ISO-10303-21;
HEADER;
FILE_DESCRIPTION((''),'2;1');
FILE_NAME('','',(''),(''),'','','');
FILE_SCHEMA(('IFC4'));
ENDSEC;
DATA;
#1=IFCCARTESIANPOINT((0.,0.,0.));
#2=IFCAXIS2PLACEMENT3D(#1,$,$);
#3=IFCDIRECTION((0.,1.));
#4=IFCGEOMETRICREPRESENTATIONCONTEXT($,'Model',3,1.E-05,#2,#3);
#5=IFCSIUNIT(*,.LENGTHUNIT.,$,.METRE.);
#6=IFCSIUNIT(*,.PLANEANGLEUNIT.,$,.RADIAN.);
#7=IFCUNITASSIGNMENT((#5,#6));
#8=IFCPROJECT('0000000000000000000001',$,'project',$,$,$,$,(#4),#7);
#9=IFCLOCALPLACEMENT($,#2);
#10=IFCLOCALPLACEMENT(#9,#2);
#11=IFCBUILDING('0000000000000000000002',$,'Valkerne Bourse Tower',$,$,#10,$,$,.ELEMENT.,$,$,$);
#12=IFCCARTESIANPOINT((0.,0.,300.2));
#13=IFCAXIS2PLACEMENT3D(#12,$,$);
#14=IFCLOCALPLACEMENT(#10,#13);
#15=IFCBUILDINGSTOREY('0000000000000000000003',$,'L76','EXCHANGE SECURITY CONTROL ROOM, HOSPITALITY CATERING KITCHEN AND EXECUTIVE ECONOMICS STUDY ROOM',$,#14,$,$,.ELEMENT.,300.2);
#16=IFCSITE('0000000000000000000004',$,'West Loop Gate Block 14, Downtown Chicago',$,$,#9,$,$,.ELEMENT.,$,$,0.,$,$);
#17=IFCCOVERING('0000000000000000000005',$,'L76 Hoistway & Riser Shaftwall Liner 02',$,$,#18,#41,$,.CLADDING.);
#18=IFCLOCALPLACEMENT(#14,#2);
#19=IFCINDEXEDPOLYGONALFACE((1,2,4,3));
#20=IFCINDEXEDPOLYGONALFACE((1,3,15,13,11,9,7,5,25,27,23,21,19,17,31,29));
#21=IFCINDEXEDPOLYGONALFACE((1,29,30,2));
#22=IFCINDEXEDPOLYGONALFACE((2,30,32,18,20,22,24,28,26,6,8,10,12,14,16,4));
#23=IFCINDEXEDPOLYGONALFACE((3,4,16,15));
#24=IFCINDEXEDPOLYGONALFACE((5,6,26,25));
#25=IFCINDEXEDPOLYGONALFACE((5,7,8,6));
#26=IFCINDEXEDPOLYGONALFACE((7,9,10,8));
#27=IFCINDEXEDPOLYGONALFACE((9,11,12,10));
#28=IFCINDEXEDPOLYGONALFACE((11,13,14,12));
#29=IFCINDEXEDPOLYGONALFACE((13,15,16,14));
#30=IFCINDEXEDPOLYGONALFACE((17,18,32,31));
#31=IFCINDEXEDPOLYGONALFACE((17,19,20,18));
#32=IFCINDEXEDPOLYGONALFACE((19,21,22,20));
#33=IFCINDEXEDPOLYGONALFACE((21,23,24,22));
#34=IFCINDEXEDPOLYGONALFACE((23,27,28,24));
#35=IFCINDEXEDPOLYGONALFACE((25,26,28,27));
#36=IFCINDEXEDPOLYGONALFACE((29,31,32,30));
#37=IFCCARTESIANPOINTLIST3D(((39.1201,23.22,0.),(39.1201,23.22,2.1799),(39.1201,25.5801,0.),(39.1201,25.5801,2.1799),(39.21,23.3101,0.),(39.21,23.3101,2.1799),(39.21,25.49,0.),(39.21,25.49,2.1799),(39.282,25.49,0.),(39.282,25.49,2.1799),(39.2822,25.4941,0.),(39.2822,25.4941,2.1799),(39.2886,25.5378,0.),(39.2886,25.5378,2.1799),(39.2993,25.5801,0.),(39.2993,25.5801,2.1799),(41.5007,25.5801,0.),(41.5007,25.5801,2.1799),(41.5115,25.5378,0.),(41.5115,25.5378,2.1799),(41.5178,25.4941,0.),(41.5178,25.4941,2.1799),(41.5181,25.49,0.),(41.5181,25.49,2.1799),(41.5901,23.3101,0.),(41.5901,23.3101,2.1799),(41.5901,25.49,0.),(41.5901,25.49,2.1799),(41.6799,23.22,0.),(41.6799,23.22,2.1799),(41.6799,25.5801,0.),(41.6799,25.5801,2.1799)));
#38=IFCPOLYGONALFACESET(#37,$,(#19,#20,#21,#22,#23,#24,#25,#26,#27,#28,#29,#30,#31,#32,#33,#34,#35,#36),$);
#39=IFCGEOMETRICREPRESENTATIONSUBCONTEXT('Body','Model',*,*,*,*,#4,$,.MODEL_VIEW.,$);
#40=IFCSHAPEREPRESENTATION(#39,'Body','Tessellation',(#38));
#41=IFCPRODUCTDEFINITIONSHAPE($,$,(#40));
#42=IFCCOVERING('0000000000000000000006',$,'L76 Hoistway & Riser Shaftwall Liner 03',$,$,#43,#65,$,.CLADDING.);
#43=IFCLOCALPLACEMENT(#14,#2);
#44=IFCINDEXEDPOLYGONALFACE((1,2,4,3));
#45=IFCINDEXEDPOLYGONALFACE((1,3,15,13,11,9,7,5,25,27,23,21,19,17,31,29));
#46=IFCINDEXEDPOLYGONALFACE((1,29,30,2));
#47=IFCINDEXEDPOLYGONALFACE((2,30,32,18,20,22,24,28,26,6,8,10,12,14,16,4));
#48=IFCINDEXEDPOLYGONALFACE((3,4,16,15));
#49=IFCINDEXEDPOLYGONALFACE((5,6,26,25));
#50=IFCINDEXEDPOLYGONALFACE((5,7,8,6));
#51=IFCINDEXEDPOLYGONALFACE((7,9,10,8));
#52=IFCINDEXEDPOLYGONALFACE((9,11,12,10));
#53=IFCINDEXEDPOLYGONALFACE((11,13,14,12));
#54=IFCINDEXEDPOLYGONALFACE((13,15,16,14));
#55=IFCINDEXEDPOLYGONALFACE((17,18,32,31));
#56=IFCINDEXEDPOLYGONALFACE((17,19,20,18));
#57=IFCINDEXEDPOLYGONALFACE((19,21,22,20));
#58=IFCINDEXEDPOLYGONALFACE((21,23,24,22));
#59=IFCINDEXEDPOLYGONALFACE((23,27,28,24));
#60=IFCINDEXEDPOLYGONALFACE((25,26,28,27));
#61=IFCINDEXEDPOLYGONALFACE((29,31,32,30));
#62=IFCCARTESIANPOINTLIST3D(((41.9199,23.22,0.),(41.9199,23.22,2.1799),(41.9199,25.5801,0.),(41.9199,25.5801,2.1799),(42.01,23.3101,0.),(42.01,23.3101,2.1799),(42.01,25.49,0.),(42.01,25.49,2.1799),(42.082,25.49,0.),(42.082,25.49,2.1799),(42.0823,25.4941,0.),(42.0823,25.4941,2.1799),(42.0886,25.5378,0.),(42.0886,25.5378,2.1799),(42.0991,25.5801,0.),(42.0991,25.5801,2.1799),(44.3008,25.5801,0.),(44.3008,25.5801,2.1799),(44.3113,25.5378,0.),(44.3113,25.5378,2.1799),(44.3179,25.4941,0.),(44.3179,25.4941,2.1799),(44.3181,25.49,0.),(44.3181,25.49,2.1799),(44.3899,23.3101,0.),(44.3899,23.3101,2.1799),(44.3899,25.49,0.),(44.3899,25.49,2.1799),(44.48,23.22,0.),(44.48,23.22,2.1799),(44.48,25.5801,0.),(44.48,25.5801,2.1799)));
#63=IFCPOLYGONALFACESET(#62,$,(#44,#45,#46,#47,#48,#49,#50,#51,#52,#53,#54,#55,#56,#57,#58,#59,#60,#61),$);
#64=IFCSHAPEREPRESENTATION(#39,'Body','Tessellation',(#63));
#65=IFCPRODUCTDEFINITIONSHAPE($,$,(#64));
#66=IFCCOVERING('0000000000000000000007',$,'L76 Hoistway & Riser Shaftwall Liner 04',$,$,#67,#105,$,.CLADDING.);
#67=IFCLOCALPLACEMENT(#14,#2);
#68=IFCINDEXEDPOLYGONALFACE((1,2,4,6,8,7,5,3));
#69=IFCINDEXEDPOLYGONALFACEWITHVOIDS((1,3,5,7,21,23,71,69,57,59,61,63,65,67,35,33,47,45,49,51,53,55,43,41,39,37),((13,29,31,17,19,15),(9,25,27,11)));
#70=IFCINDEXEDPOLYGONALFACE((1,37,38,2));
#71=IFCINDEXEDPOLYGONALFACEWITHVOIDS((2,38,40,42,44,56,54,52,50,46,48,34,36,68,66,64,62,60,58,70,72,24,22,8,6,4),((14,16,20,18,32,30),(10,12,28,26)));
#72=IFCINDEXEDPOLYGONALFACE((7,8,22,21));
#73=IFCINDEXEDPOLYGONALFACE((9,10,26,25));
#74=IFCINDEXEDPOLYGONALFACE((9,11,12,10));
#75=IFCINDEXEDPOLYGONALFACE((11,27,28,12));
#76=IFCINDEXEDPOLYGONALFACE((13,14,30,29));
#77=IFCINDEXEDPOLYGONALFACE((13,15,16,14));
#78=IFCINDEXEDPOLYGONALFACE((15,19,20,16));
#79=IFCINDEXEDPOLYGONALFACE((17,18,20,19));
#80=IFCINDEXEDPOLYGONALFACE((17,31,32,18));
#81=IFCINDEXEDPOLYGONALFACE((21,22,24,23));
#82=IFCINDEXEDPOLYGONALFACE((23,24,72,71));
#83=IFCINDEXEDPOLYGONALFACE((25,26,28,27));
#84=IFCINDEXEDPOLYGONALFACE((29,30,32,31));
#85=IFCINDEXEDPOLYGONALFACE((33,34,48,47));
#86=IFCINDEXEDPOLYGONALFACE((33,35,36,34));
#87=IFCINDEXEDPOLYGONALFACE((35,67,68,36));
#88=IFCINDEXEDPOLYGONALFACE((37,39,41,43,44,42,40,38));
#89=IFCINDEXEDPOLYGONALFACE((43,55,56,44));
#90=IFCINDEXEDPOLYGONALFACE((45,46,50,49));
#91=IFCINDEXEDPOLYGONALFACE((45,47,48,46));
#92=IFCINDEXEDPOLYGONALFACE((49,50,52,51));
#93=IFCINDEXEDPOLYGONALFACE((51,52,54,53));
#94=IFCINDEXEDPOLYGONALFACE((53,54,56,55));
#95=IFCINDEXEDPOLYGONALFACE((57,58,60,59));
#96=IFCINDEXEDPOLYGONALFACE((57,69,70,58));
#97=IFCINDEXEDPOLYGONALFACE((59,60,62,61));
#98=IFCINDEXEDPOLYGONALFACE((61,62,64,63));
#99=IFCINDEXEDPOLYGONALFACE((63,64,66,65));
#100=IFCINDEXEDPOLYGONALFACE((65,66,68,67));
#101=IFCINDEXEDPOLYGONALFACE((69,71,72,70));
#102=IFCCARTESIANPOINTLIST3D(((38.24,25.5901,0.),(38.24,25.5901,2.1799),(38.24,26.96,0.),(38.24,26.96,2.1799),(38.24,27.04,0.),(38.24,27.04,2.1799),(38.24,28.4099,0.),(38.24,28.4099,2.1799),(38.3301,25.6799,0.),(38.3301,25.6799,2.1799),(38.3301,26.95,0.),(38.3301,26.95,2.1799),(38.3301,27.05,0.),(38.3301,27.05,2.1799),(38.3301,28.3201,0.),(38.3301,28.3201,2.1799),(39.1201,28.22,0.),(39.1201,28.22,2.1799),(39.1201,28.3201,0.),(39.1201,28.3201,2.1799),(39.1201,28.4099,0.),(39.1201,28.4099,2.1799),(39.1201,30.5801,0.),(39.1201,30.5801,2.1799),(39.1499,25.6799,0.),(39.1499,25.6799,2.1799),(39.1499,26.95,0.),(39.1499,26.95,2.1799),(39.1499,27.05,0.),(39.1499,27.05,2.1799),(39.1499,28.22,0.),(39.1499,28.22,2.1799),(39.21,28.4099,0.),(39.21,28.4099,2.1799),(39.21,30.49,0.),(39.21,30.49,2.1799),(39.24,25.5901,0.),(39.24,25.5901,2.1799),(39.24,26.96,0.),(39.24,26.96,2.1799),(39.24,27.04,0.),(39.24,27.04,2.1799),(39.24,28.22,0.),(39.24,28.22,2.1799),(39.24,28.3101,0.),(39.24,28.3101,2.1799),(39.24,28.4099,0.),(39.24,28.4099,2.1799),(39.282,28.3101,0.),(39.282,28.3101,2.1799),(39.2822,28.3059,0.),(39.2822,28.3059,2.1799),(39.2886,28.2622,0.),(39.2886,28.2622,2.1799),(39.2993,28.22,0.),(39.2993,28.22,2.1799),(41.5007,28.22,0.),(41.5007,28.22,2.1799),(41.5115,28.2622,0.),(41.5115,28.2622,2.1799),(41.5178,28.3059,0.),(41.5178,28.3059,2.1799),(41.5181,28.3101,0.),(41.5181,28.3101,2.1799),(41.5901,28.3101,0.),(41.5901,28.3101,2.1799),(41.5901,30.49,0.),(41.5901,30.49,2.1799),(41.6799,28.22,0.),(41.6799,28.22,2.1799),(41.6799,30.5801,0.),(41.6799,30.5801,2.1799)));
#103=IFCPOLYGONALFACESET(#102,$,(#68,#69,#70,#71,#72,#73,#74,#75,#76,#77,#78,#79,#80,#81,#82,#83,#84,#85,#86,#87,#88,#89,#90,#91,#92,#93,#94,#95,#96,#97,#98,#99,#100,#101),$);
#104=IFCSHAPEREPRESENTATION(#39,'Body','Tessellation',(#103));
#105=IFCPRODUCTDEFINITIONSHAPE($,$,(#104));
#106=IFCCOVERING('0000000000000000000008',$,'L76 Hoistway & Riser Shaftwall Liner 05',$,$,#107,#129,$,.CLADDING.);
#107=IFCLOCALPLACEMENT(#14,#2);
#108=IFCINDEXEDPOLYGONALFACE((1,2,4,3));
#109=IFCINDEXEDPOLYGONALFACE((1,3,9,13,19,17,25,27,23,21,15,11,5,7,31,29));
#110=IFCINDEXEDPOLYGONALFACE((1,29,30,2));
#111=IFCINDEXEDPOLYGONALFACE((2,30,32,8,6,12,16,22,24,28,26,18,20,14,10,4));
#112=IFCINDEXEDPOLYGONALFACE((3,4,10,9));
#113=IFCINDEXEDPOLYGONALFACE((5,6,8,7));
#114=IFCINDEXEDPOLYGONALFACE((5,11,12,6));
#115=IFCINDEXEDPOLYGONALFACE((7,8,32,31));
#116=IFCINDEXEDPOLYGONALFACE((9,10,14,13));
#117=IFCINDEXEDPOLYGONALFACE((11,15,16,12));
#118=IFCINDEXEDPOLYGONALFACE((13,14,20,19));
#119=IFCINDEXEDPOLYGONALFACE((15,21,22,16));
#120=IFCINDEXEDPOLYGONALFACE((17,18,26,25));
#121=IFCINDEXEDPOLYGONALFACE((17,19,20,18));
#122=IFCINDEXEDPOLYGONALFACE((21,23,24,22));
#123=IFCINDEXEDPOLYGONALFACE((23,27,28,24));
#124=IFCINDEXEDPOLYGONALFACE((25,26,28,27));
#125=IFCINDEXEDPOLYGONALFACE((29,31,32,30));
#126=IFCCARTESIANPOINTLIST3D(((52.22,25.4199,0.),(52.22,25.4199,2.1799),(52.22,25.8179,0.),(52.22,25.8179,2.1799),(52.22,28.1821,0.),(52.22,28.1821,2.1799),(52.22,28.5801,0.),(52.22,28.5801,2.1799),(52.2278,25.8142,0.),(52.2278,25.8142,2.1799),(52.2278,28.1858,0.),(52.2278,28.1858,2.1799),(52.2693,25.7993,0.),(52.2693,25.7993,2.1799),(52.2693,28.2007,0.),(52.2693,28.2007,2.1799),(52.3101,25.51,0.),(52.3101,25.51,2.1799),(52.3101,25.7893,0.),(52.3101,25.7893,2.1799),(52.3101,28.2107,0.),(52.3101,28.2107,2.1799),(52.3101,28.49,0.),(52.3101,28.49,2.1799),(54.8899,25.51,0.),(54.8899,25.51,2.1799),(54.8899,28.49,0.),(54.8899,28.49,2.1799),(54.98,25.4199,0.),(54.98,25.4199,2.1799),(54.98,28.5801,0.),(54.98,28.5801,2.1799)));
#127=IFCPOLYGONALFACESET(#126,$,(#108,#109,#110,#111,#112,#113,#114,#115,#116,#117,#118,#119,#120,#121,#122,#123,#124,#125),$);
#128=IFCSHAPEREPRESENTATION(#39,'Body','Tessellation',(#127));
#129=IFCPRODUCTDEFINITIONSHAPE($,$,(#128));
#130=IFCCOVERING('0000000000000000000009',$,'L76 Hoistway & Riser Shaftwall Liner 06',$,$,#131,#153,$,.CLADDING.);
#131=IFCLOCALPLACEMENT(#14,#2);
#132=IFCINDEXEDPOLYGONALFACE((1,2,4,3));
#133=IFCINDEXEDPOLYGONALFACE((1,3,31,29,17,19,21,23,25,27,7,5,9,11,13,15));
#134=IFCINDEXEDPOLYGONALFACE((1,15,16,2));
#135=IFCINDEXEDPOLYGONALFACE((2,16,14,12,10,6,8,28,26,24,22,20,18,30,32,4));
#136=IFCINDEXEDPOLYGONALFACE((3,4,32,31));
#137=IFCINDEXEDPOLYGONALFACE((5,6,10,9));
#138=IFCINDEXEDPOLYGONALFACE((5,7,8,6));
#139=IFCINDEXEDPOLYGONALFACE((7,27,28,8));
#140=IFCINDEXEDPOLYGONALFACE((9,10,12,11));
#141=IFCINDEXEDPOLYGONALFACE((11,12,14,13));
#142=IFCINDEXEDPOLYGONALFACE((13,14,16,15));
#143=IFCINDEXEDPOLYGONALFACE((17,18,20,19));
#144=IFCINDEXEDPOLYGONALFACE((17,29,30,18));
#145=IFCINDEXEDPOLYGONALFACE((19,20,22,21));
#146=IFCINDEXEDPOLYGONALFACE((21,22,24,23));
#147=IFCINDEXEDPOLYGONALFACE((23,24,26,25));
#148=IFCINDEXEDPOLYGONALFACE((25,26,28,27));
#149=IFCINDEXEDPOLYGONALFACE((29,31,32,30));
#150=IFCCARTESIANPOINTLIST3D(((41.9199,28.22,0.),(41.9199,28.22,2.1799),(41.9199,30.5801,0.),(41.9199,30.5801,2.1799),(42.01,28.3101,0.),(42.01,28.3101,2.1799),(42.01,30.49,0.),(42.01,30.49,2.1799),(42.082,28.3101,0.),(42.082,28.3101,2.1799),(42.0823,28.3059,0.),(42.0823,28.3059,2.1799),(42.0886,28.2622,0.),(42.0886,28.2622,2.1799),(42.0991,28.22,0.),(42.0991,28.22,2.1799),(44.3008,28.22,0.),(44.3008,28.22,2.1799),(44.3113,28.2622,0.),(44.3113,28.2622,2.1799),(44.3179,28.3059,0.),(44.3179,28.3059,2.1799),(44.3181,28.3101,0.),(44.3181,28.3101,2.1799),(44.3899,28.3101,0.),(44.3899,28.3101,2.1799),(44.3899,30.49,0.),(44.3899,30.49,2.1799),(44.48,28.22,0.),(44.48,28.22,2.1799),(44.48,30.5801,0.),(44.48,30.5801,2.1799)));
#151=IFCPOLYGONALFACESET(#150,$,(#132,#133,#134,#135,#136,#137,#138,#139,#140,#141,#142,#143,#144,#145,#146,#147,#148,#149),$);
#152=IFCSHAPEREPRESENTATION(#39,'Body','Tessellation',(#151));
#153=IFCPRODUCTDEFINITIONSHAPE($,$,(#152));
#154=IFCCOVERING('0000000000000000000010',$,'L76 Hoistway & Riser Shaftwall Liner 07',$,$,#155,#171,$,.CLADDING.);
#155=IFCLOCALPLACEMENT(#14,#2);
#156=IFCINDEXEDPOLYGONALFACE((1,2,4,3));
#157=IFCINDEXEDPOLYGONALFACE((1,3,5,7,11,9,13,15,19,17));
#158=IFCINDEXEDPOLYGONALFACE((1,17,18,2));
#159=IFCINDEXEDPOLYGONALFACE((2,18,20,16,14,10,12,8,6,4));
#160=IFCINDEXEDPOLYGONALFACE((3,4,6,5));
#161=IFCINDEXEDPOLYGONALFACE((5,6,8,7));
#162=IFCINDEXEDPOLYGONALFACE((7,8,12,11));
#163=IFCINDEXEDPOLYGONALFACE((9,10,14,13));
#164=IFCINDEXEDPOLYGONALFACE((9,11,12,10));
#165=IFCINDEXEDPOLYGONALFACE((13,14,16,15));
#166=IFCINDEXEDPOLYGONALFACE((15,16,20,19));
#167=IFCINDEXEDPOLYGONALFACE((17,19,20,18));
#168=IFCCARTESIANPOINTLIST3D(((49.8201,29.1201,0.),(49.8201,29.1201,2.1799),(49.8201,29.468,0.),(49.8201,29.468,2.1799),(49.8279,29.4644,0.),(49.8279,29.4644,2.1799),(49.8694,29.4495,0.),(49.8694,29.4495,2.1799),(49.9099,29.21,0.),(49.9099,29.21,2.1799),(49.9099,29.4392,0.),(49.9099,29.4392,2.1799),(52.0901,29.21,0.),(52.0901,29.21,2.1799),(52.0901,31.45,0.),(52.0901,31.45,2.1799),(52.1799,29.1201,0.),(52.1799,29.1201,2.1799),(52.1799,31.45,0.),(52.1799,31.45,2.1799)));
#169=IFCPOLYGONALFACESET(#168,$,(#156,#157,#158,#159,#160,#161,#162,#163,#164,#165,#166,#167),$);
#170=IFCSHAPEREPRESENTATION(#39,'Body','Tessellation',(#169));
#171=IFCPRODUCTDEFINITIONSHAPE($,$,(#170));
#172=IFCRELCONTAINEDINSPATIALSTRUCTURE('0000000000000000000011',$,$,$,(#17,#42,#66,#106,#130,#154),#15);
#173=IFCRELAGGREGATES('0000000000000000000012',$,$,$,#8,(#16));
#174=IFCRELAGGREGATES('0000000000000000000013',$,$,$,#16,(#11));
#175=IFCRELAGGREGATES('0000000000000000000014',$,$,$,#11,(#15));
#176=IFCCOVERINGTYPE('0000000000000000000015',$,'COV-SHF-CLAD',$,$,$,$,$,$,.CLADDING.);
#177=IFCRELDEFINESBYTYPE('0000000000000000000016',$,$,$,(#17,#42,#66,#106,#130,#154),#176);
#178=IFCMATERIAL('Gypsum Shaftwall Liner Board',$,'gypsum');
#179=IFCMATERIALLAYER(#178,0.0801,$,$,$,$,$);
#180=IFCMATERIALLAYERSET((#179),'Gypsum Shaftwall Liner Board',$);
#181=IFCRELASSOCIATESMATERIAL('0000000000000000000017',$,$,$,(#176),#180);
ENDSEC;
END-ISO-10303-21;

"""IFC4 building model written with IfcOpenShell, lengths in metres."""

from ifc_helpers import new_model, si_unit, direction, frame, origin, place, context, subcontext, project, spatial, polyline, outline, extrude, material, layer, layer_set, type_object, element, save


model = new_model("IFC4")

# Units and contexts
model_context = context("Model", 3, precision=1e-05, world=origin(), true_north=direction((0.0, 1.0)))
body_context = subcontext(model_context, "Body", "Model", "MODEL_VIEW")
ifc_project = project(units=[si_unit("LENGTHUNIT", "METRE"), si_unit("PLANEANGLEUNIT", "RADIAN")], contexts=[model_context])

# Site, building, storey
site_placement = place(None, origin())
site = spatial("IfcSite", under=ifc_project, at=site_placement, Name="West Loop Gate Block 14, Downtown Chicago", CompositionType="ELEMENT", RefElevation=0.0)
building_placement = place(site_placement, origin())
building = spatial("IfcBuilding", under=site, at=building_placement, Name="Valkerne Bourse Tower", CompositionType="ELEMENT")
storey_placement = place(building_placement, frame((0.0, 0.0, 300.2)))
storey = spatial("IfcBuildingStorey", under=building, at=storey_placement, Name="L76", Description="EXCHANGE SECURITY CONTROL ROOM, HOSPITALITY CATERING KITCHEN AND EXECUTIVE ECONOMICS STUDY ROOM", CompositionType="ELEMENT", Elevation=300.2)

# Coverings
ifc_material_1 = material(Name="Gypsum Shaftwall Liner Board", Category="gypsum")
ifc_layer_1 = layer(ifc_material_1, 0.0801)
ifc_layer_set_1 = layer_set([ifc_layer_1], Name="Gypsum Shaftwall Liner Board")
covering_type_1 = type_object("IfcCoveringType", Name="COV-SHF-CLAD", PredefinedType="CLADDING", material=ifc_layer_set_1)
covering_1_placement = place(storey_placement, origin())
element("IfcCovering", 1, at=covering_1_placement, inside=storey, type_object=covering_type_1, Name="L76 Hoistway & Riser Shaftwall Liner 02", PredefinedType="CLADDING", context=body_context, shape_type="SweptSolid", body=[
    extrude(outline(polyline([(39.2993, 25.5801), (39.2886, 25.5378), (39.2822, 25.4941), (39.282, 25.49), (39.21, 25.49), (39.21, 23.3101), (41.5901, 23.3101), (41.5901, 25.49), (41.5181, 25.49), (41.5178, 25.4941), (41.5115, 25.5378), (41.5007, 25.5801), (41.6799, 25.5801), (41.6799, 23.22), (39.1201, 23.22), (39.1201, 25.5801), (39.2993, 25.5801)])), origin(), (0.0, 0.0, 1.0), 2.1799),
])
covering_2_placement = place(storey_placement, origin())
element("IfcCovering", 2, at=covering_2_placement, inside=storey, type_object=covering_type_1, Name="L76 Hoistway & Riser Shaftwall Liner 03", PredefinedType="CLADDING", context=body_context, shape_type="SweptSolid", body=[
    extrude(outline(polyline([(42.0991, 25.5801), (42.0886, 25.5378), (42.0823, 25.4941), (42.082, 25.49), (42.01, 25.49), (42.01, 23.3101), (44.3899, 23.3101), (44.3899, 25.49), (44.3181, 25.49), (44.3179, 25.4941), (44.3113, 25.5378), (44.3008, 25.5801), (44.48, 25.5801), (44.48, 23.22), (41.9199, 23.22), (41.9199, 25.5801), (42.0991, 25.5801)])), origin(), (0.0, 0.0, 1.0), 2.1799),
])
covering_3_placement = place(storey_placement, origin())
element("IfcCovering", 3, at=covering_3_placement, inside=storey, type_object=covering_type_1, Name="L76 Hoistway & Riser Shaftwall Liner 04", PredefinedType="CLADDING", context=body_context, shape_type="SweptSolid", body=[
    extrude(outline(polyline([(38.24, 27.04), (38.24, 28.4099), (39.1201, 28.4099), (39.1201, 30.5801), (41.6799, 30.5801), (41.6799, 28.22), (41.5007, 28.22), (41.5115, 28.2622), (41.5178, 28.3059), (41.5181, 28.3101), (41.5901, 28.3101), (41.5901, 30.49), (39.21, 30.49), (39.21, 28.4099), (39.24, 28.4099), (39.24, 28.3101), (39.282, 28.3101), (39.2822, 28.3059), (39.2886, 28.2622), (39.2993, 28.22), (39.24, 28.22), (39.24, 27.04), (39.24, 26.96), (39.24, 25.5901), (38.24, 25.5901), (38.24, 26.96), (38.24, 27.04)]), holes=[polyline([(39.1499, 26.95), (38.3301, 26.95), (38.3301, 25.6799), (39.1499, 25.6799), (39.1499, 26.95)]), polyline([(39.1499, 28.22), (39.1201, 28.22), (39.1201, 28.3201), (38.3301, 28.3201), (38.3301, 27.05), (39.1499, 27.05), (39.1499, 28.22)])]), origin(), (0.0, 0.0, 1.0), 2.1799),
])
covering_4_placement = place(storey_placement, origin())
element("IfcCovering", 4, at=covering_4_placement, inside=storey, type_object=covering_type_1, Name="L76 Hoistway & Riser Shaftwall Liner 05", PredefinedType="CLADDING", context=body_context, shape_type="SweptSolid", body=[
    extrude(outline(polyline([(54.98, 28.5801), (54.98, 25.4199), (52.22, 25.4199), (52.22, 25.8179), (52.2278, 25.8142), (52.2693, 25.7993), (52.3101, 25.7893), (52.3101, 25.51), (54.8899, 25.51), (54.8899, 28.49), (52.3101, 28.49), (52.3101, 28.2107), (52.2693, 28.2007), (52.2278, 28.1858), (52.22, 28.1821), (52.22, 28.5801), (54.98, 28.5801)])), origin(), (0.0, 0.0, 1.0), 2.1799),
])
covering_5_placement = place(storey_placement, origin())
element("IfcCovering", 5, at=covering_5_placement, inside=storey, type_object=covering_type_1, Name="L76 Hoistway & Riser Shaftwall Liner 06", PredefinedType="CLADDING", context=body_context, shape_type="SweptSolid", body=[
    extrude(outline(polyline([(44.48, 28.22), (44.3008, 28.22), (44.3113, 28.2622), (44.3179, 28.3059), (44.3181, 28.3101), (44.3899, 28.3101), (44.3899, 30.49), (42.01, 30.49), (42.01, 28.3101), (42.082, 28.3101), (42.0823, 28.3059), (42.0886, 28.2622), (42.0991, 28.22), (41.9199, 28.22), (41.9199, 30.5801), (44.48, 30.5801), (44.48, 28.22)])), origin(), (0.0, 0.0, 1.0), 2.1799),
])
covering_6_placement = place(storey_placement, origin())
element("IfcCovering", 6, at=covering_6_placement, inside=storey, type_object=covering_type_1, Name="L76 Hoistway & Riser Shaftwall Liner 07", PredefinedType="CLADDING", context=body_context, shape_type="SweptSolid", body=[
    extrude(outline(polyline([(49.8201, 29.1201), (49.8201, 29.468), (49.8279, 29.4644), (49.8694, 29.4495), (49.9099, 29.4392), (49.9099, 29.21), (52.0901, 29.21), (52.0901, 31.45), (52.1799, 31.45), (52.1799, 29.1201), (49.8201, 29.1201)])), origin(), (0.0, 0.0, 1.0), 2.1799),
])

save(model, "model.ifc")
